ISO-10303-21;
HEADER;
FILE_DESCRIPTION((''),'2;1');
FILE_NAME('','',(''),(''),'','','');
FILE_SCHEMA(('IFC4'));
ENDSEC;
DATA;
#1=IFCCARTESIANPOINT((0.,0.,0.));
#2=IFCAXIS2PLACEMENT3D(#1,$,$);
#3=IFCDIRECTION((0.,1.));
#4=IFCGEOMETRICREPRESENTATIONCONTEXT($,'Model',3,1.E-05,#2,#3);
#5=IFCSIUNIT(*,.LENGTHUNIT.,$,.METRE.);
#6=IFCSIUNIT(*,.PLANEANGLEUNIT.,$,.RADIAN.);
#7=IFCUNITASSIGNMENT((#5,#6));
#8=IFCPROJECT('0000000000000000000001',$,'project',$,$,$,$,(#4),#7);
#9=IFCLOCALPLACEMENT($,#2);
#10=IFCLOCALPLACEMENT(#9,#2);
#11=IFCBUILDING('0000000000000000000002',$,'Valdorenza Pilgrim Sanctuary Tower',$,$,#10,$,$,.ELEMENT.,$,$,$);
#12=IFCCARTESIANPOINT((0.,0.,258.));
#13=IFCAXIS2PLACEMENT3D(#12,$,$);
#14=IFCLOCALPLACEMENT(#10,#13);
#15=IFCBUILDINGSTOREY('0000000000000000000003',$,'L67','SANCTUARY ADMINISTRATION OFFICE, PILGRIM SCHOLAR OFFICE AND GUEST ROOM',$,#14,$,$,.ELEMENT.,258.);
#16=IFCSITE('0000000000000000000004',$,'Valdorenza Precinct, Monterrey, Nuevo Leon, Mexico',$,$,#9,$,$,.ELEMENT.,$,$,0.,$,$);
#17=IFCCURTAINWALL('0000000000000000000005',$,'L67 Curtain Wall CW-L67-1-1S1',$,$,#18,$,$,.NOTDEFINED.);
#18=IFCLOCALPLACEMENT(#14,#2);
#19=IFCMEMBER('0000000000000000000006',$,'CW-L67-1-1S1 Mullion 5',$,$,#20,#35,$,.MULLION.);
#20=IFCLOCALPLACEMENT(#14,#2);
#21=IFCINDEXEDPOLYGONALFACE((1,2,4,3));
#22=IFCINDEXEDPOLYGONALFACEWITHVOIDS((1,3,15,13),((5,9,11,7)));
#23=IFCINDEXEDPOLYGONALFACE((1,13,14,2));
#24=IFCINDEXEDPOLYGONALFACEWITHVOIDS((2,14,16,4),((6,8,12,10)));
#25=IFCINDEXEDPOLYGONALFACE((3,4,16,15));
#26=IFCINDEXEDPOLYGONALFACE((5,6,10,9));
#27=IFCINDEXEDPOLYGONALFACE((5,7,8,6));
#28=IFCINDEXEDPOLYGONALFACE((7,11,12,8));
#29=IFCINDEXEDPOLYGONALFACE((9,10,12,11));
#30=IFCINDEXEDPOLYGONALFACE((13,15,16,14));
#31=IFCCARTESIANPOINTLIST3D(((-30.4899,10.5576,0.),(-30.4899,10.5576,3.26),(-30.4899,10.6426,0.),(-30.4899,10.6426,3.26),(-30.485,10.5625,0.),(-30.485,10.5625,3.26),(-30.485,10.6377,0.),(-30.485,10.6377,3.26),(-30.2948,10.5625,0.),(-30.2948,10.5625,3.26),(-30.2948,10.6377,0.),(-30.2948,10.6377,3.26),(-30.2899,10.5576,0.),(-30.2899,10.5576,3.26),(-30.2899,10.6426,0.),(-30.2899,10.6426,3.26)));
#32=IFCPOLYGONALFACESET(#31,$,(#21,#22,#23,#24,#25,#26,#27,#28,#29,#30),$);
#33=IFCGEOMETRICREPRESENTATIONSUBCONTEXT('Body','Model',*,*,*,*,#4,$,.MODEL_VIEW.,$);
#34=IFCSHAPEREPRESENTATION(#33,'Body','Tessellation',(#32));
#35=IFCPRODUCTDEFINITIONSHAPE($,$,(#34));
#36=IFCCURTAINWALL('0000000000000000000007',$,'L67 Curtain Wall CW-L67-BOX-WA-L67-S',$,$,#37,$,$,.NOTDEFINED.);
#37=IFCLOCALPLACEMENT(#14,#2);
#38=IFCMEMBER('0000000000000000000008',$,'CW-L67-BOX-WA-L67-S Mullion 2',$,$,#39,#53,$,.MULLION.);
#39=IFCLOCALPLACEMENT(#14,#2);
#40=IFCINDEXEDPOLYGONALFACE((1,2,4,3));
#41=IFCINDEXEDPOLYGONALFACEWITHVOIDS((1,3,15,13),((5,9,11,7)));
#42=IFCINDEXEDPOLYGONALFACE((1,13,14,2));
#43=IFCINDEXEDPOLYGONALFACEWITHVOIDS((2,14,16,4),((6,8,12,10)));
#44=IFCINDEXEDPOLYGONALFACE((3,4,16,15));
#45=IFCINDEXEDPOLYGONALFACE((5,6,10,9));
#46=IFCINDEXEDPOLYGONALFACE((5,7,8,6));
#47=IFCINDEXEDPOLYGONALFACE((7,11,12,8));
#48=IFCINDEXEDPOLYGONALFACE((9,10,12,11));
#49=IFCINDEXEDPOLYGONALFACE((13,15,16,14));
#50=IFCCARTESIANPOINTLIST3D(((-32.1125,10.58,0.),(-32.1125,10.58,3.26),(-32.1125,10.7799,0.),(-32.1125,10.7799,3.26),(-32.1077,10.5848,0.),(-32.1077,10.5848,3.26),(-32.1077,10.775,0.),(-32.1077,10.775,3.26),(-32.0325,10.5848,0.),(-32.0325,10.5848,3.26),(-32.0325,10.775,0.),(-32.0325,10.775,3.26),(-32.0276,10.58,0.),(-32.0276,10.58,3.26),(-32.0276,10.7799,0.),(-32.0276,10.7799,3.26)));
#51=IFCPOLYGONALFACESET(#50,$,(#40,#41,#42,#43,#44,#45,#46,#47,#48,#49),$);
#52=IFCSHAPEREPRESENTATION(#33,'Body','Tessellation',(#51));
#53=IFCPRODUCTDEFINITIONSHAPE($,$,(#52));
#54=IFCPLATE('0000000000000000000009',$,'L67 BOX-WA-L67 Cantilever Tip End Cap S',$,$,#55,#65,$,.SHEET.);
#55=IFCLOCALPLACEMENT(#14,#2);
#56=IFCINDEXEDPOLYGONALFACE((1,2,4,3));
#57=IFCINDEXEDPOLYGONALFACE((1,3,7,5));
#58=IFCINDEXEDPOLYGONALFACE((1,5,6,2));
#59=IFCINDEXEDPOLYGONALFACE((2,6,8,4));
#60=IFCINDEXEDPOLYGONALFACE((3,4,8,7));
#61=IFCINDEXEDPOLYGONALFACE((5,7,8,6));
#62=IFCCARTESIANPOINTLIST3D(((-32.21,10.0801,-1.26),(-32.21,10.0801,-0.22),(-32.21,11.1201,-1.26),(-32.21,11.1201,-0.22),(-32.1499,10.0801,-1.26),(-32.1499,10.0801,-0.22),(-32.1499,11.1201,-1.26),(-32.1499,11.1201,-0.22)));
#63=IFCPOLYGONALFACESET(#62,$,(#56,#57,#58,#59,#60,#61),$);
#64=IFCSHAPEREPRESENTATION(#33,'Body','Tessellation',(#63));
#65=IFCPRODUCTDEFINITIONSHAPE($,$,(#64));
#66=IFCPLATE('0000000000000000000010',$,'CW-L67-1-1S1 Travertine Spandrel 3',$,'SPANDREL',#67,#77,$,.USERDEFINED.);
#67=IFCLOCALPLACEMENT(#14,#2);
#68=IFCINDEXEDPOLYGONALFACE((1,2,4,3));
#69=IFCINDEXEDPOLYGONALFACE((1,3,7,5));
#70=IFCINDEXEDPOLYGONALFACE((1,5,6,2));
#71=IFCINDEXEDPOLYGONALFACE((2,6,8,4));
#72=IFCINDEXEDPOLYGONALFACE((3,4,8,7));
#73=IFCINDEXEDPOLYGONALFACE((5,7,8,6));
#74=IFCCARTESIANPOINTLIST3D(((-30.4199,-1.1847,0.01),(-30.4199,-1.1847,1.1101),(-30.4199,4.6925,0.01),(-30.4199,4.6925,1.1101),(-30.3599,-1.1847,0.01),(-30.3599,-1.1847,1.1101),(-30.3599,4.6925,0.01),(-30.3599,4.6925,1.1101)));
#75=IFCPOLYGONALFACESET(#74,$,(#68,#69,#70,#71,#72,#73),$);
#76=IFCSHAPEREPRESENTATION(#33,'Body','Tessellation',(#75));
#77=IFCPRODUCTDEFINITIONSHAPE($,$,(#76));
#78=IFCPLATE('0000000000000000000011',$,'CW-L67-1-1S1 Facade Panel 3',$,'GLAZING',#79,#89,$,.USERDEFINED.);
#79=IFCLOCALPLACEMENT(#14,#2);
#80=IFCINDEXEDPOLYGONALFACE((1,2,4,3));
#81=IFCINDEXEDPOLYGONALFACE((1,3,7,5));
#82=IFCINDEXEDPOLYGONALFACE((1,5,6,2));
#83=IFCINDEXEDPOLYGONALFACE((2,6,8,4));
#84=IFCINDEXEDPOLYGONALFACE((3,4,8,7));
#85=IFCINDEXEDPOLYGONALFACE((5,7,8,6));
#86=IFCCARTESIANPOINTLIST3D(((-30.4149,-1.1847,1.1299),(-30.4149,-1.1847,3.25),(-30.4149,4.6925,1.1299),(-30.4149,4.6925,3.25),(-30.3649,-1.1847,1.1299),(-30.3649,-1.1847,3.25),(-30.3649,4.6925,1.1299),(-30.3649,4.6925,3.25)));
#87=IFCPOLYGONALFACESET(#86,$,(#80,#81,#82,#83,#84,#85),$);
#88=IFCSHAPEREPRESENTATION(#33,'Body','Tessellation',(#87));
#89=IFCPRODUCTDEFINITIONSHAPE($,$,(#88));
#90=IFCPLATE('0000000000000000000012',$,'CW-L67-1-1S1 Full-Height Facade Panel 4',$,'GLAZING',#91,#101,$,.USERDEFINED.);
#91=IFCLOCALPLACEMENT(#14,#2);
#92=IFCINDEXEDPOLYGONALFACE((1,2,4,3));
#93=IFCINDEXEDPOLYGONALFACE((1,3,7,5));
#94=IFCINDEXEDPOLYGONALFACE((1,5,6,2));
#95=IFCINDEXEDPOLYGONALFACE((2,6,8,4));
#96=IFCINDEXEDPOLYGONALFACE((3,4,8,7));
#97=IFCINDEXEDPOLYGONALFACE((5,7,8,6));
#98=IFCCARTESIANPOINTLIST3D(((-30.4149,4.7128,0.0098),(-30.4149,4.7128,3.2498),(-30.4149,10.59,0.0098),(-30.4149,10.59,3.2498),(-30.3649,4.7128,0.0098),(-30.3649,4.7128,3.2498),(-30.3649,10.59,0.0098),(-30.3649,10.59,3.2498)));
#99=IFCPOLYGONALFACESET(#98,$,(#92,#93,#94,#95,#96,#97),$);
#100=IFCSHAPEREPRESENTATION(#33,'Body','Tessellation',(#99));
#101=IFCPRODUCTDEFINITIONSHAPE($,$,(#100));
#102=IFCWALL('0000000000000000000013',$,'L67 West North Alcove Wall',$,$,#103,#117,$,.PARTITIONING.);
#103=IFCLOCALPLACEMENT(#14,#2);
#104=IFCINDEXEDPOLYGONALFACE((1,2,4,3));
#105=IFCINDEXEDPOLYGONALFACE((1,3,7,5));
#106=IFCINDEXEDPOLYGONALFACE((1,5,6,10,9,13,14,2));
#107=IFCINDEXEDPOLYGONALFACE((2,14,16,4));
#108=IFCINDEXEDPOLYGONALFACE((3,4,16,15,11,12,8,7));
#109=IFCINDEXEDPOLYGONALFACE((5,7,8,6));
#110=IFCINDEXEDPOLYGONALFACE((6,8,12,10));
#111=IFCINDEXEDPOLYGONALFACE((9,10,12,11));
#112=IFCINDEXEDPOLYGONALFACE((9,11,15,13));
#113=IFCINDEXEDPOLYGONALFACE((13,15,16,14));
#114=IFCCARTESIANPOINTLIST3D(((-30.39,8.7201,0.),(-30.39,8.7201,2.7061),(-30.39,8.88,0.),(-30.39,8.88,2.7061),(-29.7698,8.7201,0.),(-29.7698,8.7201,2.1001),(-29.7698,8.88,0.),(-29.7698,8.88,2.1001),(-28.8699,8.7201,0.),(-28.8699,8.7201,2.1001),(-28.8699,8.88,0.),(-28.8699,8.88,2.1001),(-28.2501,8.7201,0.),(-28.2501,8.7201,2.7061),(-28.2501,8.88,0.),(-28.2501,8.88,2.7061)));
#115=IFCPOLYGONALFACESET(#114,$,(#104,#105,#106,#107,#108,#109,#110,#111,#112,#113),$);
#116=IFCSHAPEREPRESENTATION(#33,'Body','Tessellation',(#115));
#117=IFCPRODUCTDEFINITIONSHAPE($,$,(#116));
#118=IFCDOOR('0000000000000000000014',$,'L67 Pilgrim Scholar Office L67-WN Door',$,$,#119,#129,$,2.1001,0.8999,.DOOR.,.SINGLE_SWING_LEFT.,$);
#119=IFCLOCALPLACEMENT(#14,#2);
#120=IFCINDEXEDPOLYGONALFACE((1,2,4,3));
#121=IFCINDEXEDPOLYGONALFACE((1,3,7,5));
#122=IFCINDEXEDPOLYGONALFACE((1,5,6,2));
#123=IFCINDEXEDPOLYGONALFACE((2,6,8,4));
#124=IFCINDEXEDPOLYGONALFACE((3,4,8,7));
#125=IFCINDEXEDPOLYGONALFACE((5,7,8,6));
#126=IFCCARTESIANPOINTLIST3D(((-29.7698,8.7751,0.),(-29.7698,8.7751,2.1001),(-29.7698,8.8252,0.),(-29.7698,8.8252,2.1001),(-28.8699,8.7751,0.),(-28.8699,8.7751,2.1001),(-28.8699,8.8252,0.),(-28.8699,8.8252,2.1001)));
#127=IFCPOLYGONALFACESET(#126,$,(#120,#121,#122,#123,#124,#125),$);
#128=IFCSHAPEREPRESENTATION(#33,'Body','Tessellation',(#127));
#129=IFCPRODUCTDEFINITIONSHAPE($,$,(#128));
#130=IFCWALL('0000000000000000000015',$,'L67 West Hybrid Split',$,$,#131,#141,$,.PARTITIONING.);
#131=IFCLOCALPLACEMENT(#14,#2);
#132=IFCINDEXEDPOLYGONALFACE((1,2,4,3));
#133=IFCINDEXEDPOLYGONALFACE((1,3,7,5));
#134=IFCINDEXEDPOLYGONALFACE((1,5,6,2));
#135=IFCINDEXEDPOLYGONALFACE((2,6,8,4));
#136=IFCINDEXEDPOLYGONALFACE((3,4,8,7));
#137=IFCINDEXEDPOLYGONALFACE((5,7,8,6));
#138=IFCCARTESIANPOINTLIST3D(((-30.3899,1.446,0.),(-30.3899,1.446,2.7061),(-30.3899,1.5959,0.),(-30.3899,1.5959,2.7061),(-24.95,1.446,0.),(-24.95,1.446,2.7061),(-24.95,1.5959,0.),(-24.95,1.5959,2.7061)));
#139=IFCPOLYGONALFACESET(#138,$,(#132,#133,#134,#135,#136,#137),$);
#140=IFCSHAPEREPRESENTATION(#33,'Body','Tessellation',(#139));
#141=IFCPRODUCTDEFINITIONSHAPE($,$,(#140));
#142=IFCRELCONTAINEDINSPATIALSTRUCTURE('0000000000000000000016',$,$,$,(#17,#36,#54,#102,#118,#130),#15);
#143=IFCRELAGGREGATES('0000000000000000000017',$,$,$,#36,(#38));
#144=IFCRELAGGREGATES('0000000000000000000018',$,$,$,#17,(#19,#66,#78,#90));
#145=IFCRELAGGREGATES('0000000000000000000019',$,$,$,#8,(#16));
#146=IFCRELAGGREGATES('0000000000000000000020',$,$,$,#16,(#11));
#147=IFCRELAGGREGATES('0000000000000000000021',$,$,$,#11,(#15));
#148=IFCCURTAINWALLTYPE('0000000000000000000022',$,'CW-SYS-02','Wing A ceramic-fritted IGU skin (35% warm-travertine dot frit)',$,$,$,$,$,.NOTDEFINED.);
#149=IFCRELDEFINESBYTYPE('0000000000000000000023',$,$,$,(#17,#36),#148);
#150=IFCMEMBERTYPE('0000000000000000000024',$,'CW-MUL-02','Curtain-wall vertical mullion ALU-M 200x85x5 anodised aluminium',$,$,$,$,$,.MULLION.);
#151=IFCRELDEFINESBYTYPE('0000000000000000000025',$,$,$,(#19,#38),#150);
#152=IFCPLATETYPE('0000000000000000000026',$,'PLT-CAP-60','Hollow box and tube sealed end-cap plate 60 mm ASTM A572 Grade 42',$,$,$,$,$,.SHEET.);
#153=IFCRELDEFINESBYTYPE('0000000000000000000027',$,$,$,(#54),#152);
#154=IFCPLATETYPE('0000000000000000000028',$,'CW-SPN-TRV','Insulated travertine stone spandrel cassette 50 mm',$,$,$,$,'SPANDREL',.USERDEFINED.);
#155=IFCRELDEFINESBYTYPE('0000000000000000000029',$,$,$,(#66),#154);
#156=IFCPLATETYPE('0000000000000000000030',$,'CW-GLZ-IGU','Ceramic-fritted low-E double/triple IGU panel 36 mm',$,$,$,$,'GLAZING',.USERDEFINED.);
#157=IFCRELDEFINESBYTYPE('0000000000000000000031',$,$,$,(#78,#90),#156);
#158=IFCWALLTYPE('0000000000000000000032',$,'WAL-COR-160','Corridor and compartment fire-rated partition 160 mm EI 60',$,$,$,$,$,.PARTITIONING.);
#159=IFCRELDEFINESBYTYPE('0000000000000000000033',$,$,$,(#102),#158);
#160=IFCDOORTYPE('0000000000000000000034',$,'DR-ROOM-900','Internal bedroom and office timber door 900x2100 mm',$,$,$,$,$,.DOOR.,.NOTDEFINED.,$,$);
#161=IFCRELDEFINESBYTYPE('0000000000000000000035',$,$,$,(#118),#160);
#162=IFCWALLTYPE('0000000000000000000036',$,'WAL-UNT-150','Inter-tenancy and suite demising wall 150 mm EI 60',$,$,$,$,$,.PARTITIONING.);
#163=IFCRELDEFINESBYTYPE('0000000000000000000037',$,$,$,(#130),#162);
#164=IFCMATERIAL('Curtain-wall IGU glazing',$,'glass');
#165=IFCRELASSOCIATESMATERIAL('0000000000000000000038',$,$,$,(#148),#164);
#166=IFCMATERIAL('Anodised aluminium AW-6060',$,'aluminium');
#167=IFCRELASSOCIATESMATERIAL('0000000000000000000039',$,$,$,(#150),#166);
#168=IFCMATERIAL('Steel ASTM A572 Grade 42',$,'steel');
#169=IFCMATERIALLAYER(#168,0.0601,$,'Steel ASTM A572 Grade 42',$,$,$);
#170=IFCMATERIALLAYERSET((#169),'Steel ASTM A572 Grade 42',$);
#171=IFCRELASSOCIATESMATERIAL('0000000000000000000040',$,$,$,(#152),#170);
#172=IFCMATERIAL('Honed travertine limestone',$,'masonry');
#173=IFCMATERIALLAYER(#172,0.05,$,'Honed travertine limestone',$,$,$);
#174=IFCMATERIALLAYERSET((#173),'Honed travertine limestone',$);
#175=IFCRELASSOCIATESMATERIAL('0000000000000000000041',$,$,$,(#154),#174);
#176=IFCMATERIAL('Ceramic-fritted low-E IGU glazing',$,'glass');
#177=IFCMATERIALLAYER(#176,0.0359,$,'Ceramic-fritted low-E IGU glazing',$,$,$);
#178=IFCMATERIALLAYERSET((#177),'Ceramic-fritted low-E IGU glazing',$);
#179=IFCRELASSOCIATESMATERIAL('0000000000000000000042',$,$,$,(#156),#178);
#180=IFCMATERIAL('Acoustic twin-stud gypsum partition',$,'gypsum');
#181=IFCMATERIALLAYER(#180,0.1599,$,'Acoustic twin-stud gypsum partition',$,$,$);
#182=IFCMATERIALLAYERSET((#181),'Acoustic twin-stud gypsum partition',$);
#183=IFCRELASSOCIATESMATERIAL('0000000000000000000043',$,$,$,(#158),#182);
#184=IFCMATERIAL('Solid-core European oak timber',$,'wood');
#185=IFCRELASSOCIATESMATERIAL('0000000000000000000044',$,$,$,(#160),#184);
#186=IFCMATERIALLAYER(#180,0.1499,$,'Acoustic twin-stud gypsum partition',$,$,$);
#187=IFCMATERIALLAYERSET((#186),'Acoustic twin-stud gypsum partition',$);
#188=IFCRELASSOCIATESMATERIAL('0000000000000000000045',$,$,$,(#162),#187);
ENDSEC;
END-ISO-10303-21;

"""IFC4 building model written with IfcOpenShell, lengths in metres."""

from ifc_helpers import new_model, si_unit, direction, frame, frame_2d, origin, origin_2d, place, context, subcontext, project, spatial, rectangle, hollow_rectangle, extrude, source, transform, mapped, material, layer, layer_set, material_profile, profile_set, type_object, element, fill, aggregate, save


model = new_model("IFC4")

# Units and contexts
model_context = context("Model", 3, precision=1e-05, world=origin(), true_north=direction((0.0, 1.0)))
body_context = subcontext(model_context, "Body", "Model", "MODEL_VIEW")
ifc_project = project(units=[si_unit("LENGTHUNIT", "METRE"), si_unit("PLANEANGLEUNIT", "RADIAN")], contexts=[model_context])

# Site, building, storey
site_placement = place(None, origin())
site = spatial("IfcSite", under=ifc_project, at=site_placement, Name="Valdorenza Precinct, Monterrey, Nuevo Leon, Mexico", CompositionType="ELEMENT", RefElevation=0.0)
building_placement = place(site_placement, origin())
building = spatial("IfcBuilding", under=site, at=building_placement, Name="Valdorenza Pilgrim Sanctuary Tower", CompositionType="ELEMENT")
storey_placement = place(building_placement, frame((0.0, 0.0, 258.0)))
storey = spatial("IfcBuildingStorey", under=building, at=storey_placement, Name="L67", Description="SANCTUARY ADMINISTRATION OFFICE, PILGRIM SCHOLAR OFFICE AND GUEST ROOM", CompositionType="ELEMENT", Elevation=258.0)

# Shared definitions
ifc_material_1 = material(Name="Curtain-wall IGU glazing", Category="glass")
curtain_wall_type = type_object("IfcCurtainWallType", Name="CW-SYS-02", Description="Wing A ceramic-fritted IGU skin (35% warm-travertine dot frit)", PredefinedType="NOTDEFINED", material=ifc_material_1)
ifc_material_2 = material(Name="Anodised aluminium AW-6060", Category="aluminium")

# Curtain wall, member
curtain_wall_1_placement = place(storey_placement, origin())
curtain_wall_1 = element("IfcCurtainWall", 1, at=curtain_wall_1_placement, inside=storey, type_object=curtain_wall_type, Name="L67 Curtain Wall CW-L67-1-1S1", PredefinedType="NOTDEFINED")
ifc_material_profile_1 = material_profile(ifc_material_2, hollow_rectangle(XDim=0.085, YDim=0.2, WallThickness=0.0049, at=origin_2d()), Name="ALU-M 200x85x5")
ifc_profile_set_1 = profile_set([ifc_material_profile_1], Name="Anodised aluminium AW-6060")
member_type_1 = type_object("IfcMemberType", Name="CW-MUL-02", Description="Curtain-wall vertical mullion ALU-M 200x85x5 anodised aluminium", PredefinedType="MULLION", material=ifc_profile_set_1)
shared_shape_1 = source(origin(), body_context, "Body", "SweptSolid", [
    extrude(hollow_rectangle(XDim=0.085, YDim=0.2, WallThickness=0.0049, at=origin_2d()), origin(), (0.0, 0.0, 1.0), 3.26),
])
member_1_placement = place(storey_placement, frame((-30.3899, 10.6001, 0.0), z_axis=(0.0, 0.0, 1.0), x_axis=(0.0, 1.0, 0.0)))
member_1 = element("IfcMember", 2, at=member_1_placement, type_object=member_type_1, Name="CW-L67-1-1S1 Mullion 5", PredefinedType="MULLION", context=body_context, shape_type="MappedRepresentation", body=[
    mapped(shared_shape_1, transform((0.0, 0.0, 0.0), x_axis=(1.0, 0.0, 0.0), y_axis=(0.0, 1.0, 0.0), z_axis=(0.0, 0.0, 1.0), scale=1.0)),
])

# Curtain wall, member
curtain_wall_2_placement = place(storey_placement, origin())
curtain_wall_2 = element("IfcCurtainWall", 3, at=curtain_wall_2_placement, inside=storey, type_object=curtain_wall_type, Name="L67 Curtain Wall CW-L67-BOX-WA-L67-S", PredefinedType="NOTDEFINED")
member_2_placement = place(storey_placement, frame((-32.0701, 10.6799, 0.0), z_axis=(0.0, 0.0, 1.0), x_axis=(-1.0, 0.0, 0.0)))
member_2 = element("IfcMember", 4, at=member_2_placement, type_object=member_type_1, Name="CW-L67-BOX-WA-L67-S Mullion 2", PredefinedType="MULLION", context=body_context, shape_type="MappedRepresentation", body=[
    mapped(shared_shape_1, transform((0.0, 0.0, 0.0), x_axis=(1.0, 0.0, 0.0), y_axis=(0.0, 1.0, 0.0), z_axis=(0.0, 0.0, 1.0), scale=1.0)),
])
aggregate(curtain_wall_2, [member_2])

# Plates
ifc_material_3 = material(Name="Steel ASTM A572 Grade 42", Category="steel")
ifc_layer_1 = layer(ifc_material_3, 0.0601, Name="Steel ASTM A572 Grade 42")
ifc_layer_set_1 = layer_set([ifc_layer_1], Name="Steel ASTM A572 Grade 42")
plate_type_1 = type_object("IfcPlateType", Name="PLT-CAP-60", Description="Hollow box and tube sealed end-cap plate 60 mm ASTM A572 Grade 42", PredefinedType="SHEET", material=ifc_layer_set_1)
shared_shape_2 = source(origin(), body_context, "Body", "SweptSolid", [
    extrude(rectangle(XDim=0.0601, YDim=1.04, at=origin_2d()), origin(), (0.0, 0.0, 1.0), 1.04),
])
plate_1_placement = place(storey_placement, frame((-32.1799, 10.6001, -1.26), z_axis=(0.0, 0.0, 1.0), x_axis=(1.0, 0.0, 0.0)))
element("IfcPlate", 5, at=plate_1_placement, inside=storey, type_object=plate_type_1, Name="L67 BOX-WA-L67 Cantilever Tip End Cap S", PredefinedType="SHEET", context=body_context, shape_type="MappedRepresentation", body=[
    mapped(shared_shape_2, transform((0.0, 0.0, 0.0), x_axis=(1.0, 0.0, 0.0), y_axis=(0.0, 1.0, 0.0), z_axis=(0.0, 0.0, 1.0), scale=1.0)),
])
ifc_material_4 = material(Name="Honed travertine limestone", Category="masonry")
ifc_layer_2 = layer(ifc_material_4, 0.05, Name="Honed travertine limestone")
ifc_layer_set_2 = layer_set([ifc_layer_2], Name="Honed travertine limestone")
plate_type_2 = type_object("IfcPlateType", Name="CW-SPN-TRV", Description="Insulated travertine stone spandrel cassette 50 mm", ElementType="SPANDREL", PredefinedType="USERDEFINED", material=ifc_layer_set_2)
shared_shape_3 = source(origin(), body_context, "Body", "SweptSolid", [
    extrude(rectangle(XDim=5.8772, YDim=0.0601, at=origin_2d()), origin(), (0.0, 0.0, 1.0), 1.1001),
])
plate_2_placement = place(storey_placement, frame((-30.3899, 1.7539, 0.01), z_axis=(0.0, 0.0, 1.0), x_axis=(0.0, 1.0, 0.0)))
plate_2 = element("IfcPlate", 6, at=plate_2_placement, type_object=plate_type_2, Name="CW-L67-1-1S1 Travertine Spandrel 3", ObjectType="SPANDREL", PredefinedType="USERDEFINED", context=body_context, shape_type="MappedRepresentation", body=[
    mapped(shared_shape_3, transform((0.0, 0.0, 0.0), x_axis=(1.0, 0.0, 0.0), y_axis=(0.0, 1.0, 0.0), z_axis=(0.0, 0.0, 1.0), scale=1.0)),
])
ifc_material_5 = material(Name="Ceramic-fritted low-E IGU glazing", Category="glass")
ifc_layer_3 = layer(ifc_material_5, 0.0359, Name="Ceramic-fritted low-E IGU glazing")
ifc_layer_set_3 = layer_set([ifc_layer_3], Name="Ceramic-fritted low-E IGU glazing")
plate_type_3 = type_object("IfcPlateType", Name="CW-GLZ-IGU", Description="Ceramic-fritted low-E double/triple IGU panel 36 mm", ElementType="GLAZING", PredefinedType="USERDEFINED", material=ifc_layer_set_3)
shared_shape_4 = source(origin(), body_context, "Body", "SweptSolid", [
    extrude(rectangle(XDim=5.8772, YDim=0.05, at=origin_2d()), origin(), (0.0, 0.0, 1.0), 2.1201),
])
plate_3_placement = place(storey_placement, frame((-30.3899, 1.7539, 1.1299), z_axis=(0.0, 0.0, 1.0), x_axis=(0.0, 1.0, 0.0)))
plate_3 = element("IfcPlate", 7, at=plate_3_placement, type_object=plate_type_3, Name="CW-L67-1-1S1 Facade Panel 3", ObjectType="GLAZING", PredefinedType="USERDEFINED", context=body_context, shape_type="MappedRepresentation", body=[
    mapped(shared_shape_4, transform((0.0, 0.0, 0.0), x_axis=(1.0, 0.0, 0.0), y_axis=(0.0, 1.0, 0.0), z_axis=(0.0, 0.0, 1.0), scale=1.0)),
])
shared_shape_5 = source(origin(), body_context, "Body", "SweptSolid", [
    extrude(rectangle(XDim=5.8772, YDim=0.05, at=origin_2d()), origin(), (0.0, 0.0, 1.0), 3.24),
])
plate_4_placement = place(storey_placement, frame((-30.3899, 7.6514, 0.0098), z_axis=(0.0, 0.0, 1.0), x_axis=(0.0, 1.0, 0.0)))
plate_4 = element("IfcPlate", 8, at=plate_4_placement, type_object=plate_type_3, Name="CW-L67-1-1S1 Full-Height Facade Panel 4", ObjectType="GLAZING", PredefinedType="USERDEFINED", context=body_context, shape_type="MappedRepresentation", body=[
    mapped(shared_shape_5, transform((0.0, 0.0, 0.0), x_axis=(1.0, 0.0, 0.0), y_axis=(0.0, 1.0, 0.0), z_axis=(0.0, 0.0, 1.0), scale=1.0)),
])
aggregate(curtain_wall_1, [member_1, plate_2, plate_3, plate_4])

# Wall, opening, door
ifc_material_6 = material(Name="Acoustic twin-stud gypsum partition", Category="gypsum")
ifc_layer_4 = layer(ifc_material_6, 0.1599, Name="Acoustic twin-stud gypsum partition")
ifc_layer_set_4 = layer_set([ifc_layer_4], Name="Acoustic twin-stud gypsum partition")
wall_type_1 = type_object("IfcWallType", Name="WAL-COR-160", Description="Corridor and compartment fire-rated partition 160 mm EI 60", PredefinedType="PARTITIONING", material=ifc_layer_set_4)
wall_1_placement = place(storey_placement, frame((-30.3899, 8.8, 0.0), z_axis=(0.0, 0.0, 1.0), x_axis=(1.0, 0.0, 0.0)))
wall_1 = element("IfcWall", 9, at=wall_1_placement, inside=storey, type_object=wall_type_1, Name="L67 West North Alcove Wall", PredefinedType="PARTITIONING", context=body_context, shape_type="SweptSolid", body=[
    extrude(rectangle(XDim=2.1399, YDim=0.1599, at=frame_2d((1.0698, 0.0))), origin(), (0.0, 0.0, 1.0), 2.7061),
])
opening_placement = place(wall_1_placement, frame((0.6201, 0.0, 0.0)))
opening = element("IfcOpeningElement", 10, at=opening_placement, cuts=wall_1, PredefinedType="OPENING", context=body_context, shape_type="SweptSolid", body=[
    extrude(rectangle(XDim=0.8999, YDim=2.1001, at=frame_2d((0.45, 1.05))), frame((0.0, 0.0947, 0.0), z_axis=(0.0, -1.0, 0.0), x_axis=(1.0, 0.0, 0.0)), (0.0, 0.0, 1.0), 0.1897),
])
ifc_material_7 = material(Name="Solid-core European oak timber", Category="wood")
door_type = type_object("IfcDoorType", Name="DR-ROOM-900", Description="Internal bedroom and office timber door 900x2100 mm", OperationType="NOTDEFINED", PredefinedType="DOOR", material=ifc_material_7)
door_placement = place(opening_placement, frame((0.8999, 0.0, 0.0), z_axis=(0.0, 0.0, 1.0), x_axis=(-1.0, 0.0, 0.0)))
door = element("IfcDoor", 11, at=door_placement, inside=storey, type_object=door_type, Name="L67 Pilgrim Scholar Office L67-WN Door", OperationType="SINGLE_SWING_LEFT", OverallHeight=2.1001, OverallWidth=0.8999, PredefinedType="DOOR", context=body_context, shape_type="SweptSolid", body=[
    extrude(rectangle(XDim=0.8999, YDim=2.1001, at=frame_2d((0.45, 1.05))), frame((0.0, 0.0249, 0.0), z_axis=(0.0, -1.0, 0.0), x_axis=(1.0, 0.0, 0.0)), (0.0, 0.0, 1.0), 0.05),
])
fill(opening, door)

# Wall
ifc_layer_5 = layer(ifc_material_6, 0.1499, Name="Acoustic twin-stud gypsum partition")
ifc_layer_set_5 = layer_set([ifc_layer_5], Name="Acoustic twin-stud gypsum partition")
wall_type_2 = type_object("IfcWallType", Name="WAL-UNT-150", Description="Inter-tenancy and suite demising wall 150 mm EI 60", PredefinedType="PARTITIONING", material=ifc_layer_set_5)
wall_2_placement = place(storey_placement, frame((-30.3899, 1.521, 0.0), z_axis=(0.0, 0.0, 1.0), x_axis=(1.0, 0.0, 0.0)))
element("IfcWall", 12, at=wall_2_placement, inside=storey, type_object=wall_type_2, Name="L67 West Hybrid Split", PredefinedType="PARTITIONING", context=body_context, shape_type="SweptSolid", body=[
    extrude(rectangle(XDim=5.4399, YDim=0.1499, at=frame_2d((2.72, 0.0))), origin(), (0.0, 0.0, 1.0), 2.7061),
])

save(model, "model.ifc")
